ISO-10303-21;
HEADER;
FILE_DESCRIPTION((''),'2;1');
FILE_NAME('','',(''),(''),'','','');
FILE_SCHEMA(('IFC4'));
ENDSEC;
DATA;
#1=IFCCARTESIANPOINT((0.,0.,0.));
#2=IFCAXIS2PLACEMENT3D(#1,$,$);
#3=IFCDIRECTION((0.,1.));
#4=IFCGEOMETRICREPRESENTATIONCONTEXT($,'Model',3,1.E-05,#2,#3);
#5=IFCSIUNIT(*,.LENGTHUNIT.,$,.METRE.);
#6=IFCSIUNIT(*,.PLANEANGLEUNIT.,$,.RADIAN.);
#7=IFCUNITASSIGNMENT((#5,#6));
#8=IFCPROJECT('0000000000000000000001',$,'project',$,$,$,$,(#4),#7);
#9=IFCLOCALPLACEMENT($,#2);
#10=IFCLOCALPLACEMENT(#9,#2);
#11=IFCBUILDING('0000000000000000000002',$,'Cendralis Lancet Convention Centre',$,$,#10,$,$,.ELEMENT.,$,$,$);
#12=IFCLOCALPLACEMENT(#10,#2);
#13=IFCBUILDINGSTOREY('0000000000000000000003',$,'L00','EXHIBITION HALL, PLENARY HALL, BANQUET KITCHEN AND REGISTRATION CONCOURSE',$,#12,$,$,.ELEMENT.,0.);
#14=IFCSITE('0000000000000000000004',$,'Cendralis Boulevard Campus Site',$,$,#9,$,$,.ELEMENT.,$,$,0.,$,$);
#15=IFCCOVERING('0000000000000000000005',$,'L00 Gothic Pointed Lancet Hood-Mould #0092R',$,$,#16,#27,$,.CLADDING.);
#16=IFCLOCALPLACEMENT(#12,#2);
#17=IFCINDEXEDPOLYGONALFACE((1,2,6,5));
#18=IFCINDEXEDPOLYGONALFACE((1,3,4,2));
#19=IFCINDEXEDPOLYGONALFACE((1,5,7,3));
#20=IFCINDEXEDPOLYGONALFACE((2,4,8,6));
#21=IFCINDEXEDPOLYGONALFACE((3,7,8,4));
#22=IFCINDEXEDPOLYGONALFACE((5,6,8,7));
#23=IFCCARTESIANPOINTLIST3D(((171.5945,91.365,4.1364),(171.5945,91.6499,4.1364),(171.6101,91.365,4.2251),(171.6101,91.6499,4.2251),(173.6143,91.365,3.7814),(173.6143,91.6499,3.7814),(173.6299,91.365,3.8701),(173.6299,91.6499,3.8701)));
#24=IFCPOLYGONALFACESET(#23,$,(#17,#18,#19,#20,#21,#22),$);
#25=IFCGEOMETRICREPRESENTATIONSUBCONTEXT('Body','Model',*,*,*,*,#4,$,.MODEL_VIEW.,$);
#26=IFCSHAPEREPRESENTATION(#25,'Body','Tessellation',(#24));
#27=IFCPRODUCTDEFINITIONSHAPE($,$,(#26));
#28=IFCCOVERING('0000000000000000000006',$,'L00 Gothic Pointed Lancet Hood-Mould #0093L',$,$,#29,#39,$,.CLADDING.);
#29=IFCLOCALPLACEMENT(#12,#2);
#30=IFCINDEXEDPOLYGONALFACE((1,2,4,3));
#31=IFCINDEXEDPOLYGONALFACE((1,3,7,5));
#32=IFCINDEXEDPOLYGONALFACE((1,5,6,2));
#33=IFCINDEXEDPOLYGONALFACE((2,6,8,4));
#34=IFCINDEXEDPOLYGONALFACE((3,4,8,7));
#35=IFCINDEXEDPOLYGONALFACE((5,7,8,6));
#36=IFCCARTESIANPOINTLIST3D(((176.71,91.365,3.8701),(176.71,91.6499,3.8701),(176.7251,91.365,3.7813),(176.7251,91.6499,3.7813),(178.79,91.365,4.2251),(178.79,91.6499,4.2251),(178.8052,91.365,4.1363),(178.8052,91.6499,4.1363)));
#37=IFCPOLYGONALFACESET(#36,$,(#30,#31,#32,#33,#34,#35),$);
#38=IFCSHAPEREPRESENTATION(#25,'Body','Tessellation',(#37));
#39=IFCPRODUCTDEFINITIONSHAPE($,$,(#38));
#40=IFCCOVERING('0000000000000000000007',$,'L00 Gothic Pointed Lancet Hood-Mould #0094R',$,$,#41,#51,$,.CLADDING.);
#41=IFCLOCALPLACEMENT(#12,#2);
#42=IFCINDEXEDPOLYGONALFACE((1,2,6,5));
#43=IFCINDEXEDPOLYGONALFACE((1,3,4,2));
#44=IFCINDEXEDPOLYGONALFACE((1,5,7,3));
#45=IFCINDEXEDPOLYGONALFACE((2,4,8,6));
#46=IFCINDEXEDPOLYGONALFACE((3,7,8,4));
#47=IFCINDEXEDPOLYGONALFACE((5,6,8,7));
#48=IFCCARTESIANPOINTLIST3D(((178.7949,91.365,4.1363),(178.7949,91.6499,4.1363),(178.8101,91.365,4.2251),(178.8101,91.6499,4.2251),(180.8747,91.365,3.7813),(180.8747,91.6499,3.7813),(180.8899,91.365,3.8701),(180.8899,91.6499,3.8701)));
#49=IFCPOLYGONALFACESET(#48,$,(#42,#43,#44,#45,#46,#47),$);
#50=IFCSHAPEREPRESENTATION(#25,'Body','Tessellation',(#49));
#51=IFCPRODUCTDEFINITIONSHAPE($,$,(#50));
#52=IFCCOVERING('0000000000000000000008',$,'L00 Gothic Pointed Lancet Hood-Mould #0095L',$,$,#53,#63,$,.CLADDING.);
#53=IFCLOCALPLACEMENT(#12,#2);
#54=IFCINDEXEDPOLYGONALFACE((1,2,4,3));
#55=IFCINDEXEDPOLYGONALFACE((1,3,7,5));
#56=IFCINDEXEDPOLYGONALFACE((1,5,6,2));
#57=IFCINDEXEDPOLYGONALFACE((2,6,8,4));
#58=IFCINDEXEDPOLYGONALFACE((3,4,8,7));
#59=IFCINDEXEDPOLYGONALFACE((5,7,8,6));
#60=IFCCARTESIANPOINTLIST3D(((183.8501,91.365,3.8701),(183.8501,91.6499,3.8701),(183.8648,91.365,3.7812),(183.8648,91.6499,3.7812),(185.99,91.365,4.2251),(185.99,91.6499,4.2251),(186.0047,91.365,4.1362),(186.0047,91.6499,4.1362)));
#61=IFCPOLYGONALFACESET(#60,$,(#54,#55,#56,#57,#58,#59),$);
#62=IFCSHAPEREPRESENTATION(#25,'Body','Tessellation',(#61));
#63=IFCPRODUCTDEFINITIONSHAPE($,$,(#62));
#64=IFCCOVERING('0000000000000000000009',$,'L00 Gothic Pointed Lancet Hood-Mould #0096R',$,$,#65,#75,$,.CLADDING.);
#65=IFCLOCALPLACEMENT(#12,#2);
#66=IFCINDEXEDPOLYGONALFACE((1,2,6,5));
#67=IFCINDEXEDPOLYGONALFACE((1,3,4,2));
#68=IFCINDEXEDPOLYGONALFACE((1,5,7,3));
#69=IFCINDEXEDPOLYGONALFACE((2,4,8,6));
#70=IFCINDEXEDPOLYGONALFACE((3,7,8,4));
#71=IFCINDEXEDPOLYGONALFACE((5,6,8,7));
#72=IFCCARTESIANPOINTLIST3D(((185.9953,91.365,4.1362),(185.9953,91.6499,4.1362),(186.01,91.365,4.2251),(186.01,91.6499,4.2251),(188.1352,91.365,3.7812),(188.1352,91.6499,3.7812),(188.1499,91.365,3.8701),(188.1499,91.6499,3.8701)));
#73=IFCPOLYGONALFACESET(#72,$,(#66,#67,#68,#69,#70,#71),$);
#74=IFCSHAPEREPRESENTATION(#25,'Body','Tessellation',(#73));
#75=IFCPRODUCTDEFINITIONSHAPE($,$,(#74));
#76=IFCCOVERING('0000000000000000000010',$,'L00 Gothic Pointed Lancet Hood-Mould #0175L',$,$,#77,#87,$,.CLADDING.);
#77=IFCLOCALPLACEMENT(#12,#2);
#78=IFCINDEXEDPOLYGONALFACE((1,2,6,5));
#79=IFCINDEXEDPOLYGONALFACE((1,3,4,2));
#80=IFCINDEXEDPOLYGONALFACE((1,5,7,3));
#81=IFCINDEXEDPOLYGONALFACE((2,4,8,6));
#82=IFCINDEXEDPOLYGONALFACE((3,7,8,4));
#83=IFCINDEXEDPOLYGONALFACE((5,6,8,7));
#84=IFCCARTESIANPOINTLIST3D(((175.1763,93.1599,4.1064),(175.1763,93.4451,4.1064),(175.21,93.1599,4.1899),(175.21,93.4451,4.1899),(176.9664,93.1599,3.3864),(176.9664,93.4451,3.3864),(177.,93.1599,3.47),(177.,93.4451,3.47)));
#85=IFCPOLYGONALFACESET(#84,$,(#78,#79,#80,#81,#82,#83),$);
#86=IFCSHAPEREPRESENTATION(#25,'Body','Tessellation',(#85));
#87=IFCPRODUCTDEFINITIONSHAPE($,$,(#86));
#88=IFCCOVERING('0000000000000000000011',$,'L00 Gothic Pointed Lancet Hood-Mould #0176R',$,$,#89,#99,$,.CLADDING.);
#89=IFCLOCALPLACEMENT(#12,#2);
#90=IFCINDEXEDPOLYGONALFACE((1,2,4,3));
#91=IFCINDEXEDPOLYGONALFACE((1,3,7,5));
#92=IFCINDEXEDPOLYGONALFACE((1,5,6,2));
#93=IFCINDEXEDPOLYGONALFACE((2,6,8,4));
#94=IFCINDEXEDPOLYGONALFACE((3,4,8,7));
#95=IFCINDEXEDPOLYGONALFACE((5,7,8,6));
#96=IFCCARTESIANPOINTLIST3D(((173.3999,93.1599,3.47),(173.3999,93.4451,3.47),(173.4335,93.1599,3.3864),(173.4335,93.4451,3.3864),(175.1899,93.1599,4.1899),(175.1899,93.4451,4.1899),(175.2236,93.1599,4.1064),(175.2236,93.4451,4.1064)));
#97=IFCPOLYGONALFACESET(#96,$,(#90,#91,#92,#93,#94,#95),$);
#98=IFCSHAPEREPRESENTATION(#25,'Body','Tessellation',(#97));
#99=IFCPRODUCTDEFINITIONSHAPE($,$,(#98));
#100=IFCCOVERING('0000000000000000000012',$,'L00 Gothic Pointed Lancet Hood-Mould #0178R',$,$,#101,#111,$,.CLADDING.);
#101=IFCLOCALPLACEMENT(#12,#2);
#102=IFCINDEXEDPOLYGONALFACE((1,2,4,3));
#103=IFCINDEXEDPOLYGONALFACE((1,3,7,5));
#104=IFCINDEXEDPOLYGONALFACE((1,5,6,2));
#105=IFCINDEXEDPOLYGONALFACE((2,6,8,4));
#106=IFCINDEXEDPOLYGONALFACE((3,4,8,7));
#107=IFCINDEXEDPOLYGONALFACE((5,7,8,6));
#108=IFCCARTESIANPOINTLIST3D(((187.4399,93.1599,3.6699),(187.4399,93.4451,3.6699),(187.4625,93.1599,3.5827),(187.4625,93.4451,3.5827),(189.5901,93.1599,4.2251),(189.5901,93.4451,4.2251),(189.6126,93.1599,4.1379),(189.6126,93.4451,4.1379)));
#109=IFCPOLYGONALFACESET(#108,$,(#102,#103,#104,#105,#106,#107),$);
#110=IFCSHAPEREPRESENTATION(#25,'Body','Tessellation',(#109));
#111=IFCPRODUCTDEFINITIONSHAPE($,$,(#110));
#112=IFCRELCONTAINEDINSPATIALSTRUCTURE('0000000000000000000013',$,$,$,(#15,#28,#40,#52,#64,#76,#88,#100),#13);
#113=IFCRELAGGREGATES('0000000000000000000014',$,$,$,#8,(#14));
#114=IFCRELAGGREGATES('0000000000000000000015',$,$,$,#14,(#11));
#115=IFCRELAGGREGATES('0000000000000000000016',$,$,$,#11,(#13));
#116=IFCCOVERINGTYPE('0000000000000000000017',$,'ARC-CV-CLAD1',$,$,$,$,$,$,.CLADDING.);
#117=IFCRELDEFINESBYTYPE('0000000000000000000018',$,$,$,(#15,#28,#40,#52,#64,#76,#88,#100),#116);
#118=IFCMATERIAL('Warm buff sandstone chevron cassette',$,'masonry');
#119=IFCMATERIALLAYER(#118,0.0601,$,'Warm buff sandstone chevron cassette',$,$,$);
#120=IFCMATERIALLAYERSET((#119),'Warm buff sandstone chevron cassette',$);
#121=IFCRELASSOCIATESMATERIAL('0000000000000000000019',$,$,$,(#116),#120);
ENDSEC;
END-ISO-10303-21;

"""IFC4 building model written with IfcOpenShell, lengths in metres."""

from ifc_helpers import new_model, si_unit, direction, frame, origin, place, context, subcontext, project, spatial, polyline, outline, extrude, material, layer, layer_set, type_object, element, save


model = new_model("IFC4")

# Units and contexts
model_context = context("Model", 3, precision=1e-05, world=origin(), true_north=direction((0.0, 1.0)))
body_context = subcontext(model_context, "Body", "Model", "MODEL_VIEW")
ifc_project = project(units=[si_unit("LENGTHUNIT", "METRE"), si_unit("PLANEANGLEUNIT", "RADIAN")], contexts=[model_context])

# Site, building, storey
site_placement = place(None, origin())
site = spatial("IfcSite", under=ifc_project, at=site_placement, Name="Cendralis Boulevard Campus Site", CompositionType="ELEMENT", RefElevation=0.0)
building_placement = place(site_placement, origin())
building = spatial("IfcBuilding", under=site, at=building_placement, Name="Cendralis Lancet Convention Centre", CompositionType="ELEMENT")
storey_placement = place(building_placement, origin())
storey = spatial("IfcBuildingStorey", under=building, at=storey_placement, Name="L00", Description="EXHIBITION HALL, PLENARY HALL, BANQUET KITCHEN AND REGISTRATION CONCOURSE", CompositionType="ELEMENT", Elevation=0.0)

# Coverings
ifc_material_1 = material(Name="Warm buff sandstone chevron cassette", Category="masonry")
ifc_layer_1 = layer(ifc_material_1, 0.0601, Name="Warm buff sandstone chevron cassette")
ifc_layer_set_1 = layer_set([ifc_layer_1], Name="Warm buff sandstone chevron cassette")
covering_type = type_object("IfcCoveringType", Name="ARC-CV-CLAD1", PredefinedType="CLADDING", material=ifc_layer_set_1)
covering_1_placement = place(storey_placement, frame((171.6101, 91.6499, 4.2251), z_axis=(0.173099, 0.0, 0.984904), x_axis=(0.0, -1.0, 0.0)))
element("IfcCovering", 1, at=covering_1_placement, inside=storey, type_object=covering_type, Name="L00 Gothic Pointed Lancet Hood-Mould #0092R", PredefinedType="CLADDING", context=body_context, shape_type="SweptSolid", body=[
    extrude(outline(polyline([(0.0, 0.0), (0.2849, 0.0), (0.2849, 2.0507), (0.0, 2.0507), (0.0, 0.0)])), origin(), (0.0, 0.0, -1.0), 0.0901),
])
covering_2_placement = place(storey_placement, frame((176.71, 91.6499, 3.8701), z_axis=(-0.168225, 0.0, 0.985749), x_axis=(0.0, -1.0, 0.0)))
element("IfcCovering", 2, at=covering_2_placement, inside=storey, type_object=covering_type, Name="L00 Gothic Pointed Lancet Hood-Mould #0093L", PredefinedType="CLADDING", context=body_context, shape_type="SweptSolid", body=[
    extrude(outline(polyline([(0.0, 0.0), (0.2849, 0.0), (0.2849, 2.1102), (0.0, 2.1102), (0.0, 0.0)])), origin(), (0.0, 0.0, -1.0), 0.0901),
])
covering_3_placement = place(storey_placement, frame((178.8101, 91.6499, 4.2251), z_axis=(0.168244, 0.0, 0.985745), x_axis=(0.0, -1.0, 0.0)))
element("IfcCovering", 3, at=covering_3_placement, inside=storey, type_object=covering_type, Name="L00 Gothic Pointed Lancet Hood-Mould #0094R", PredefinedType="CLADDING", context=body_context, shape_type="SweptSolid", body=[
    extrude(outline(polyline([(0.0, 0.0), (0.2849, 0.0), (0.2849, 2.1099), (0.0, 2.1099), (0.0, 0.0)])), origin(), (0.0, 0.0, -1.0), 0.0901),
])
for number, where, z_axis, x_axis, name in (
    (4, (183.8501, 91.6499, 3.8701), (-0.163651, 0.0, 0.986518), (0.0, -1.0, 0.0), "L00 Gothic Pointed Lancet Hood-Mould #0095L"),
    (5, (186.01, 91.6499, 4.2251), (0.163651, 0.0, 0.986518), (0.0, -1.0, 0.0), "L00 Gothic Pointed Lancet Hood-Mould #0096R"),
):
    element("IfcCovering", number, at=place(storey_placement, frame(where, z_axis=z_axis, x_axis=x_axis)), inside=storey, type_object=covering_type, Name=name, PredefinedType="CLADDING", context=body_context, shape_type="SweptSolid", body=[
        extrude(outline(polyline([(0.0, 0.0), (0.2849, 0.0), (0.2849, 2.1691), (0.0, 2.1691), (0.0, 0.0)])), origin(), (0.0, 0.0, -1.0), 0.0901),
    ])
for number, where, z_axis, x_axis, name in (
    (6, (177.0, 93.1599, 3.47), (0.373157, 0.0, 0.927768), (0.0, 1.0, 0.0), "L00 Gothic Pointed Lancet Hood-Mould #0175L"),
    (7, (175.1899, 93.1599, 4.1899), (-0.373157, 0.0, 0.927768), (0.0, 1.0, 0.0), "L00 Gothic Pointed Lancet Hood-Mould #0176R"),
):
    element("IfcCovering", number, at=place(storey_placement, frame(where, z_axis=z_axis, x_axis=x_axis)), inside=storey, type_object=covering_type, Name=name, PredefinedType="CLADDING", context=body_context, shape_type="SweptSolid", body=[
        extrude(outline(polyline([(0.0, 0.0), (0.2852, 0.0), (0.2852, 1.9294), (0.0, 1.9294), (0.0, 0.0)])), origin(), (0.0, 0.0, -1.0), 0.0901),
    ])
covering_4_placement = place(storey_placement, frame((189.5901, 93.1599, 4.2251), z_axis=(-0.250004, 0.0, 0.968245), x_axis=(0.0, 1.0, 0.0)))
element("IfcCovering", 8, at=covering_4_placement, inside=storey, type_object=covering_type, Name="L00 Gothic Pointed Lancet Hood-Mould #0178R", PredefinedType="CLADDING", context=body_context, shape_type="SweptSolid", body=[
    extrude(outline(polyline([(0.0, 0.0), (0.2852, 0.0), (0.2852, 2.2207), (0.0, 2.2207), (0.0, 0.0)])), origin(), (0.0, 0.0, -1.0), 0.0901),
])

save(model, "model.ifc")
